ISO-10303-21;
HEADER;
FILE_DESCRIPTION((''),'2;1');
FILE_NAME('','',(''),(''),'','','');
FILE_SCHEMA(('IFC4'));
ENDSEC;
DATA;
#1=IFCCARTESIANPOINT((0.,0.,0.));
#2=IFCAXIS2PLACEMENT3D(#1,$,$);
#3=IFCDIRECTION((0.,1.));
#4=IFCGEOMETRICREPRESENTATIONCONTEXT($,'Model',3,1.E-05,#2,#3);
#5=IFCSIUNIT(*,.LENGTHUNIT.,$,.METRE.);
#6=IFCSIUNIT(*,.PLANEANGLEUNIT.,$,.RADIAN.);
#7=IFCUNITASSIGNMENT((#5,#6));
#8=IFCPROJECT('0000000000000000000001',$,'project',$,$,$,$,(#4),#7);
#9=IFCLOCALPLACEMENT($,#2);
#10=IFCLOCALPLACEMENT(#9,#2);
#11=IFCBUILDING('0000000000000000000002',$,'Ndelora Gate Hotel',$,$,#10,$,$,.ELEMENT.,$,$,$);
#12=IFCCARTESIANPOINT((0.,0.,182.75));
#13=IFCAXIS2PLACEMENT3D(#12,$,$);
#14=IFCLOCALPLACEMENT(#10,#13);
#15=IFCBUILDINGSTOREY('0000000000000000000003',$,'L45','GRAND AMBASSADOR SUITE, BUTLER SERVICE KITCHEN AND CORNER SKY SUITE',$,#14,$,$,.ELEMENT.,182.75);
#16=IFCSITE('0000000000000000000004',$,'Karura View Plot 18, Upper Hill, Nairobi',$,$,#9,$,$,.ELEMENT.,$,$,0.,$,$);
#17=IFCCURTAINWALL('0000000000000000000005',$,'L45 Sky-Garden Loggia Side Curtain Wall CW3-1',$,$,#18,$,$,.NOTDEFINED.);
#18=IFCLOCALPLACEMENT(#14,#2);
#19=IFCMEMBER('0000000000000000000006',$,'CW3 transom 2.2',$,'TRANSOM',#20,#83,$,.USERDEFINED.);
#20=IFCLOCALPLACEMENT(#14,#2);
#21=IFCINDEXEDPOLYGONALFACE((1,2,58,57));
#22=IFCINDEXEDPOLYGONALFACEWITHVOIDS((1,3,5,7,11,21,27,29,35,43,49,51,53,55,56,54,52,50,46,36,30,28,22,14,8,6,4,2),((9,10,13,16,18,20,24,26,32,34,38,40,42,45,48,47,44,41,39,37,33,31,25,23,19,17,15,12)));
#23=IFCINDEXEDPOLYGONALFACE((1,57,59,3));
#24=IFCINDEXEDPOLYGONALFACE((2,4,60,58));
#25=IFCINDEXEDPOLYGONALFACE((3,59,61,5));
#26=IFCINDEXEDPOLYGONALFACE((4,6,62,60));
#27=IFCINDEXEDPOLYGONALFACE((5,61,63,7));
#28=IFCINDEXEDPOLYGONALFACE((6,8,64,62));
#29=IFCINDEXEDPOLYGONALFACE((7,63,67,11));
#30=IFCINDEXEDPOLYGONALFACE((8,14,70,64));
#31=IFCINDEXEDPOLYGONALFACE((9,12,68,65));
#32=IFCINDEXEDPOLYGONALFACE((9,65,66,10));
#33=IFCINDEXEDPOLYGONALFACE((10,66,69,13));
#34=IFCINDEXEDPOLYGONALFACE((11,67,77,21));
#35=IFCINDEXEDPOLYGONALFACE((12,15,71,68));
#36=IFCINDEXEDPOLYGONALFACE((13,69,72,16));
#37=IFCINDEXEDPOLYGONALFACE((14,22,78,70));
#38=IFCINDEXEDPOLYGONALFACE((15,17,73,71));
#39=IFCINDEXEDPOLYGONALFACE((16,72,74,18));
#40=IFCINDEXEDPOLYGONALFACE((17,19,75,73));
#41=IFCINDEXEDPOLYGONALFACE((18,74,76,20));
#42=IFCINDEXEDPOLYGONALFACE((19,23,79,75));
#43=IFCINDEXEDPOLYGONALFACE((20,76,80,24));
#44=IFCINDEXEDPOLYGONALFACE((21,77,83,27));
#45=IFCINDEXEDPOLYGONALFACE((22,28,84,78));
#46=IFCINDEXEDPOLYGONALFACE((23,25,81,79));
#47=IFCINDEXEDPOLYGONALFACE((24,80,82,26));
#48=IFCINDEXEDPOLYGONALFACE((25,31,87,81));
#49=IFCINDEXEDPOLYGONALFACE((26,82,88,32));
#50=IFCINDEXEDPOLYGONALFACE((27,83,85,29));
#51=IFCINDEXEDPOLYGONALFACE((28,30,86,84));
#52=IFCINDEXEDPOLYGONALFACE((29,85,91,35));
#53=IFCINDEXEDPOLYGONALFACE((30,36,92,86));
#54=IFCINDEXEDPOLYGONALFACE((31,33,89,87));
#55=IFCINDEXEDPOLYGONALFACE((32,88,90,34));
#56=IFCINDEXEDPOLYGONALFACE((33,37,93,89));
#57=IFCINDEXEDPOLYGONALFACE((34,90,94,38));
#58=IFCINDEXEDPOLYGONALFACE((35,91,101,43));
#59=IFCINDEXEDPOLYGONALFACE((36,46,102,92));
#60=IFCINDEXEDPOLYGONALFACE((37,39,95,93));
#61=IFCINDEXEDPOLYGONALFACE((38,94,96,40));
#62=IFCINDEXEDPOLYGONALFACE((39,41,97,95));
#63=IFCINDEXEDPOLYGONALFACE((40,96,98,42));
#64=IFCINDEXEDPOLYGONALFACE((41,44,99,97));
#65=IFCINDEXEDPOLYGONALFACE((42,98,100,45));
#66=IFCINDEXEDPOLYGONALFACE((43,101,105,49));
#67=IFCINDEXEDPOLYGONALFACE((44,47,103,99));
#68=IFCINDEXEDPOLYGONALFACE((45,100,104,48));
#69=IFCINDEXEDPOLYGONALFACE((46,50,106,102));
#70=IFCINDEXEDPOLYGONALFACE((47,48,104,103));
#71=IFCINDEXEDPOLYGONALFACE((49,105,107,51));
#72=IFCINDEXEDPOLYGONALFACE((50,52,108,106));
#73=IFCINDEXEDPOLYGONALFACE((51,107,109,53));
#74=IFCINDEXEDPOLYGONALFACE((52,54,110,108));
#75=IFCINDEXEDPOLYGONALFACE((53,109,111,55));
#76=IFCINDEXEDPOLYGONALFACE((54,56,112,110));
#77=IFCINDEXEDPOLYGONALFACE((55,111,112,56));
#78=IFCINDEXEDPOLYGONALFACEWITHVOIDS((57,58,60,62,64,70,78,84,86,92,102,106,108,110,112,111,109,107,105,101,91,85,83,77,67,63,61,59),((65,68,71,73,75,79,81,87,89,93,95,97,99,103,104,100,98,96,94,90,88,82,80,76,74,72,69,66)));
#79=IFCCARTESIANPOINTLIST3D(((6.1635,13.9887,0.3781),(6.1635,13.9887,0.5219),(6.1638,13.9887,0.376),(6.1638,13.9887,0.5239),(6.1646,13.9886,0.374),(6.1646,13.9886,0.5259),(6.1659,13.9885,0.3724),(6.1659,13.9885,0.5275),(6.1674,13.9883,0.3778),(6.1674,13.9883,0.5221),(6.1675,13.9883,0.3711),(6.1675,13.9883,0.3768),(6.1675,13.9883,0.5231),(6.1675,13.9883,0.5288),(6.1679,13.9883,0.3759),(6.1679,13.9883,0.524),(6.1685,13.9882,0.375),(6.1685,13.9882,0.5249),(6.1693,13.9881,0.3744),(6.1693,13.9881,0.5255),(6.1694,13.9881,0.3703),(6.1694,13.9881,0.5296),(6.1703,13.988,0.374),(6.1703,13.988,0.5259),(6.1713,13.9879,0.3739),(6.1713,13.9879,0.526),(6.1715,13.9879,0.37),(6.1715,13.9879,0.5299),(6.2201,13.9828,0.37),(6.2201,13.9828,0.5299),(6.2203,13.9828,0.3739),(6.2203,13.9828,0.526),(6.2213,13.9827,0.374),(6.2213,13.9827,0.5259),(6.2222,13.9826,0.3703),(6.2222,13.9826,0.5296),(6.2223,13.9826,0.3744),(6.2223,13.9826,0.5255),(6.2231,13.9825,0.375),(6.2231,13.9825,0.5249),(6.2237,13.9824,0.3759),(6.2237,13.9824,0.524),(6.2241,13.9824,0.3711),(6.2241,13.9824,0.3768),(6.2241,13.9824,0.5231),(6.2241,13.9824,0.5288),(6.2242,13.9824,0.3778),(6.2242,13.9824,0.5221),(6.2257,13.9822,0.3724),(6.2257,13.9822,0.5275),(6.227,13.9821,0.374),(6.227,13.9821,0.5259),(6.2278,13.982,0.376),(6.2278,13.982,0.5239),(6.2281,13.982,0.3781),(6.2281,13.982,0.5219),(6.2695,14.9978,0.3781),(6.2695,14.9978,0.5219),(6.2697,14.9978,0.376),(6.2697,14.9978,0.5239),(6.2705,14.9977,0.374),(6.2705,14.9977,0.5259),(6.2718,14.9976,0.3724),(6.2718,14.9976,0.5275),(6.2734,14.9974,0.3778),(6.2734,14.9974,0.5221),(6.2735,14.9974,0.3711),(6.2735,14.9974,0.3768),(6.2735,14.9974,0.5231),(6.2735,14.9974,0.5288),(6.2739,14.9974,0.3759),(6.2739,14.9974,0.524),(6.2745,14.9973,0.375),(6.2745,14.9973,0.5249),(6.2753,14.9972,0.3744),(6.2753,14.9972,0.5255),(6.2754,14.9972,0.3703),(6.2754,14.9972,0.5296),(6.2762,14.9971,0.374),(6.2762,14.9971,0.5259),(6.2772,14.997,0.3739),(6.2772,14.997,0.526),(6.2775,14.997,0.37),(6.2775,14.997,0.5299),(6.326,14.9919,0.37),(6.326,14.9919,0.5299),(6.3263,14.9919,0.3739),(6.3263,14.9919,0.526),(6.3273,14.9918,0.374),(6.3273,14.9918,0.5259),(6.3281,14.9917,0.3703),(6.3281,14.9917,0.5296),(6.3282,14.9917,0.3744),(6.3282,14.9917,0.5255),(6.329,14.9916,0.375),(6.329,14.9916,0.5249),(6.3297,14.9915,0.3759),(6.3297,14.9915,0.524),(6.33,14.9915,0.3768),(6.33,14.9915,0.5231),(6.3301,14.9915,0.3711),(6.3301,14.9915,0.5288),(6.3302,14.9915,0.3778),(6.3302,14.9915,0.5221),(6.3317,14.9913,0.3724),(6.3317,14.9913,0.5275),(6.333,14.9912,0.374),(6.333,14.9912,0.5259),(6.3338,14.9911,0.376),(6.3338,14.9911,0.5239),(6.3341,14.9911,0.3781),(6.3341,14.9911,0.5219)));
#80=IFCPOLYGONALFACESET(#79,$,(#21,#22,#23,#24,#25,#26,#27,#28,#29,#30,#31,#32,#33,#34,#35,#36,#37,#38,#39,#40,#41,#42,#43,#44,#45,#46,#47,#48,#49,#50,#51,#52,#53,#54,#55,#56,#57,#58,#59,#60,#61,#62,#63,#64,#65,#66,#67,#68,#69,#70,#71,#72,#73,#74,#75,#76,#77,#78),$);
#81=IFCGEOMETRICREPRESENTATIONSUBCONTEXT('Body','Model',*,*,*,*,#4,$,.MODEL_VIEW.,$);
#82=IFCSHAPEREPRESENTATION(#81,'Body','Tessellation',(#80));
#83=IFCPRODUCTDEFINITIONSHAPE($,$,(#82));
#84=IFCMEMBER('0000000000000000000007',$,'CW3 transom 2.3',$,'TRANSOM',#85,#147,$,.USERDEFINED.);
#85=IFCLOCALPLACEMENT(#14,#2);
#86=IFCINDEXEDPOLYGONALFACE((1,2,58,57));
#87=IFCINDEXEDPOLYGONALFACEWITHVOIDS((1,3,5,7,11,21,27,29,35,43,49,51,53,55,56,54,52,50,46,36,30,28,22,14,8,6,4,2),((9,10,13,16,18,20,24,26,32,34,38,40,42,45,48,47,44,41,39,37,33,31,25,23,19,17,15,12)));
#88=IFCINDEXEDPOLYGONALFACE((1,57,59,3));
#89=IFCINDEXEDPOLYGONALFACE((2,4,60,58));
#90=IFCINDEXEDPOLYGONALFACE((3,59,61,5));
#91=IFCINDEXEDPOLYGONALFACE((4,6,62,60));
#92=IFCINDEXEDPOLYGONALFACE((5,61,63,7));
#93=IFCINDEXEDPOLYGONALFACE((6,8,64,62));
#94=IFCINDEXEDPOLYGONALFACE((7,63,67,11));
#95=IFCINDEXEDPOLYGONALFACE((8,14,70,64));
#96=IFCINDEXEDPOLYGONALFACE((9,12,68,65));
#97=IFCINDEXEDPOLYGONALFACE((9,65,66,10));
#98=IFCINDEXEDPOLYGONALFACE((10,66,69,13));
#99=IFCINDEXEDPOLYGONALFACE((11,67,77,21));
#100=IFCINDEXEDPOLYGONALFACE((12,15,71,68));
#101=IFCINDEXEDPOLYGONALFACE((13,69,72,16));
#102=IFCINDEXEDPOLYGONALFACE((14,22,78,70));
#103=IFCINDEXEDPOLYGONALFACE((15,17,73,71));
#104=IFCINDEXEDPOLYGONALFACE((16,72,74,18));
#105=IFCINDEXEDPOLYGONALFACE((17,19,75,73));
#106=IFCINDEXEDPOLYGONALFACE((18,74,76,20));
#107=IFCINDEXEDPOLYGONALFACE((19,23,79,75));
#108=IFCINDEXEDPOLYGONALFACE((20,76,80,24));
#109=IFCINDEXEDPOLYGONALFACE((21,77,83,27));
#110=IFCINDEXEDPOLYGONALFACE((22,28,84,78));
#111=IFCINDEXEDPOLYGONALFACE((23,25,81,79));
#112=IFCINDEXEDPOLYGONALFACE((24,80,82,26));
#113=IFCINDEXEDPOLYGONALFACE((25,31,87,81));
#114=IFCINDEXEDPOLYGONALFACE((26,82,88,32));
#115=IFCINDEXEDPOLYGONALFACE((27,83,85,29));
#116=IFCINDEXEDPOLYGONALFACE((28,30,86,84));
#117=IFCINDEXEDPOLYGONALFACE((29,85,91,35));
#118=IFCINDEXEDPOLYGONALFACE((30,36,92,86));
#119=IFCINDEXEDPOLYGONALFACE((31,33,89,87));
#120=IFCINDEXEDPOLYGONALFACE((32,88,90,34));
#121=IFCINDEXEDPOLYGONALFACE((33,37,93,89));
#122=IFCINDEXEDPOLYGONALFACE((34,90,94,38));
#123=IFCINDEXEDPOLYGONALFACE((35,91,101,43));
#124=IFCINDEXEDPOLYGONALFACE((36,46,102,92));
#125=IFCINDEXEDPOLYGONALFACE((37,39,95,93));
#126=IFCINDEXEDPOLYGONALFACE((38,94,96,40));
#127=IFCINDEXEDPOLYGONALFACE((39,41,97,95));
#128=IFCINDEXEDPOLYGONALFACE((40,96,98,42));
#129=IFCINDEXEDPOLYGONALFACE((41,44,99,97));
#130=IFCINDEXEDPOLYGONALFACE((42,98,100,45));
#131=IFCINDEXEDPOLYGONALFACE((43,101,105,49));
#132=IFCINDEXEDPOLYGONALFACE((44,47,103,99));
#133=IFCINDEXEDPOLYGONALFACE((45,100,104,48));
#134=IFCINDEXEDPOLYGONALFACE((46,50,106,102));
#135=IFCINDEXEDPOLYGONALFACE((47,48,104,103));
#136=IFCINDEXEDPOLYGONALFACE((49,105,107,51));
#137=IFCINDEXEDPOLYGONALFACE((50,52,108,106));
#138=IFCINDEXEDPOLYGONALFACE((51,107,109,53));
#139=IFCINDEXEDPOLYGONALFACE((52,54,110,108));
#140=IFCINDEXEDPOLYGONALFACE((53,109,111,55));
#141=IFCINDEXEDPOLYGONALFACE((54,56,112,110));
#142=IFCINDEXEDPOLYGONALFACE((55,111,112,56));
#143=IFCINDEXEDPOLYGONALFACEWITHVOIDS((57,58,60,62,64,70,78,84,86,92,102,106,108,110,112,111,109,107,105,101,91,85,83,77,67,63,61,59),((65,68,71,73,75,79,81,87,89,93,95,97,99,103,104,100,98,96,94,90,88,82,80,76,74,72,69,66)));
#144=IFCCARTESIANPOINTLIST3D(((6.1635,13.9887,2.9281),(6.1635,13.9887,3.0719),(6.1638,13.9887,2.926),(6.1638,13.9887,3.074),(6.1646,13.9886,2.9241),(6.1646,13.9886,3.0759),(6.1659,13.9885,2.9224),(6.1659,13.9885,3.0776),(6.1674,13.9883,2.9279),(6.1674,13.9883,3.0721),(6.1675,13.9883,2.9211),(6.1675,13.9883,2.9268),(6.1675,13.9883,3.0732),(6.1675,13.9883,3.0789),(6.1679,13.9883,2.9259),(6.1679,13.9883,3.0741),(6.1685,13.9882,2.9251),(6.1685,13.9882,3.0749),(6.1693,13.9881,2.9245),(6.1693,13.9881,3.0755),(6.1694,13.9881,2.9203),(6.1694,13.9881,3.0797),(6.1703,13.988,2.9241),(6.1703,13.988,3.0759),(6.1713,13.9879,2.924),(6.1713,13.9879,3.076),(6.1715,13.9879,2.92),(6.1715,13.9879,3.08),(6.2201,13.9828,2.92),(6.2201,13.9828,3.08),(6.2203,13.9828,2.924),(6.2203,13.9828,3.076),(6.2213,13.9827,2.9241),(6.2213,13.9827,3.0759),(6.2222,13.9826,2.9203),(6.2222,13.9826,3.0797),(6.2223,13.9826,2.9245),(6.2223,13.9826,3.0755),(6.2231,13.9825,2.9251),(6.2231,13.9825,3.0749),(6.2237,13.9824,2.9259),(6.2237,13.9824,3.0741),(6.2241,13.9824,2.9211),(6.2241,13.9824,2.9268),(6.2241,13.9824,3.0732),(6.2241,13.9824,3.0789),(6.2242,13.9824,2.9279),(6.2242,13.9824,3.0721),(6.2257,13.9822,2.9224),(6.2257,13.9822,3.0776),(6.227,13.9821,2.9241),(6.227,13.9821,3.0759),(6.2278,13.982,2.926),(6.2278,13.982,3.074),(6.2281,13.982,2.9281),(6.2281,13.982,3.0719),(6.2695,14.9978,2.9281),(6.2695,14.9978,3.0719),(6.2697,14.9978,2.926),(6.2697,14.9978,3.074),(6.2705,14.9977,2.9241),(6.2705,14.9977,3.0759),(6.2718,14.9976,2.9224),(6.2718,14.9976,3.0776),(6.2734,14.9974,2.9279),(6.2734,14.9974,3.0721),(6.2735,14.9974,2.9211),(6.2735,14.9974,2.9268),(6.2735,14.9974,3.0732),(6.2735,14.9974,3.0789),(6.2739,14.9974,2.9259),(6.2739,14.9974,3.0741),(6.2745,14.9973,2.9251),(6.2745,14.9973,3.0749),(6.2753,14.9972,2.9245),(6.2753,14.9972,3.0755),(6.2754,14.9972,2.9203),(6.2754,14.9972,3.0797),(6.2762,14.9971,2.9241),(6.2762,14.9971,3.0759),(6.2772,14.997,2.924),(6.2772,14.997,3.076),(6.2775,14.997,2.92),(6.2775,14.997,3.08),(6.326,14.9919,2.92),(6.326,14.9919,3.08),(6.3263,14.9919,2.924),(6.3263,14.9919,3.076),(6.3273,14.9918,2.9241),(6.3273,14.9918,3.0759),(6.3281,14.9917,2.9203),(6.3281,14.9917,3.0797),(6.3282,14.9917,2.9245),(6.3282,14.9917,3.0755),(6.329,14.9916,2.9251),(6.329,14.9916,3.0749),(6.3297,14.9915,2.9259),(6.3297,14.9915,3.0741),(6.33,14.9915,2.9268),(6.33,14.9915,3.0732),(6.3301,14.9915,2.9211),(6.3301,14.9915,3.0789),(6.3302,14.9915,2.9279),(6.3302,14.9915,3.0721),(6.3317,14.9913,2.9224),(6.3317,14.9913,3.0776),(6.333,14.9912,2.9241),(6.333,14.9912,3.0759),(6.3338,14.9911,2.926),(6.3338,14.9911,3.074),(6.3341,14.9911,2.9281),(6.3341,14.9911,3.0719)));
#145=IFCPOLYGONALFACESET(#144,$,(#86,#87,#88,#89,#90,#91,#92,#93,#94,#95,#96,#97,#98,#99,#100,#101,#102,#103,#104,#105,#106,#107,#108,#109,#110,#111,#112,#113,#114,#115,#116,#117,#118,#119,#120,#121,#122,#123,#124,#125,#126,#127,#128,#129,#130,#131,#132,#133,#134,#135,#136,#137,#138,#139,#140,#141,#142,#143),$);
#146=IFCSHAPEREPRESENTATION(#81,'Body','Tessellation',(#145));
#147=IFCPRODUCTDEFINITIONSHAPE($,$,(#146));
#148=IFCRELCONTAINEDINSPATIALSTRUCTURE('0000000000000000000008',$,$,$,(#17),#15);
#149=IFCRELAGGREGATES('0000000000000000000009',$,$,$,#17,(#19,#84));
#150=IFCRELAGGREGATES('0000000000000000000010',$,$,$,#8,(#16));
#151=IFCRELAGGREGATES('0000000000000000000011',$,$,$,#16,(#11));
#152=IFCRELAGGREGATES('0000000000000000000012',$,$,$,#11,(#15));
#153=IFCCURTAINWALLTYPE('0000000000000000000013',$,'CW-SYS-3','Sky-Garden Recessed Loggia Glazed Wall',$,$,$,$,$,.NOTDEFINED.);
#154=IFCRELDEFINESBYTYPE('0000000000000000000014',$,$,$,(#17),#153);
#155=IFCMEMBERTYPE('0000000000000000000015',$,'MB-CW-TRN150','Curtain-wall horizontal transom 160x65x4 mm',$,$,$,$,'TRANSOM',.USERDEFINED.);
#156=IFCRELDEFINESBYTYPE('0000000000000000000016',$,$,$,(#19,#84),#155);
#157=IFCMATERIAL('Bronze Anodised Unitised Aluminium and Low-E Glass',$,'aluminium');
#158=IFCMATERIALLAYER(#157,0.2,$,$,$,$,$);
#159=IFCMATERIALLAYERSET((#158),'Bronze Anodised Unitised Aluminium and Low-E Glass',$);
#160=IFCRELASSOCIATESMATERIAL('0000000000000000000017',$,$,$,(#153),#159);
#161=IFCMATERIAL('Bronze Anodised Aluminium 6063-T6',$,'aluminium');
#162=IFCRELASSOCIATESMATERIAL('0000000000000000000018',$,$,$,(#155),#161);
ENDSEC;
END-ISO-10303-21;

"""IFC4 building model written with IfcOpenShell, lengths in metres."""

from ifc_helpers import new_model, si_unit, direction, frame, origin, origin_2d, place, context, subcontext, project, spatial, hollow_rectangle, extrude, material, layer, layer_set, material_profile, profile_set, type_object, element, aggregate, save


model = new_model("IFC4")

# Units and contexts
model_context = context("Model", 3, precision=1e-05, world=origin(), true_north=direction((0.0, 1.0)))
body_context = subcontext(model_context, "Body", "Model", "MODEL_VIEW")
ifc_project = project(units=[si_unit("LENGTHUNIT", "METRE"), si_unit("PLANEANGLEUNIT", "RADIAN")], contexts=[model_context])

# Site, building, storey
site_placement = place(None, origin())
site = spatial("IfcSite", under=ifc_project, at=site_placement, Name="Karura View Plot 18, Upper Hill, Nairobi", CompositionType="ELEMENT", RefElevation=0.0)
building_placement = place(site_placement, origin())
building = spatial("IfcBuilding", under=site, at=building_placement, Name="Ndelora Gate Hotel", CompositionType="ELEMENT")
storey_placement = place(building_placement, frame((0.0, 0.0, 182.75)))
storey = spatial("IfcBuildingStorey", under=building, at=storey_placement, Name="L45", Description="GRAND AMBASSADOR SUITE, BUTLER SERVICE KITCHEN AND CORNER SKY SUITE", CompositionType="ELEMENT", Elevation=182.75)

# Curtain wall, members
ifc_material_1 = material(Name="Bronze Anodised Unitised Aluminium and Low-E Glass", Category="aluminium")
ifc_layer_1 = layer(ifc_material_1, 0.2)
ifc_layer_set_1 = layer_set([ifc_layer_1], Name="Bronze Anodised Unitised Aluminium and Low-E Glass")
curtain_wall_type = type_object("IfcCurtainWallType", Name="CW-SYS-3", Description="Sky-Garden Recessed Loggia Glazed Wall", PredefinedType="NOTDEFINED", material=ifc_layer_set_1)
curtain_wall_placement = place(storey_placement, origin())
curtain_wall = element("IfcCurtainWall", 1, at=curtain_wall_placement, inside=storey, type_object=curtain_wall_type, Name="L45 Sky-Garden Loggia Side Curtain Wall CW3-1", PredefinedType="NOTDEFINED")
ifc_material_2 = material(Name="Bronze Anodised Aluminium 6063-T6", Category="aluminium")
ifc_material_profile_1 = material_profile(ifc_material_2, hollow_rectangle(XDim=0.0649, YDim=0.1599, WallThickness=0.0039, InnerFilletRadius=0.0039, OuterFilletRadius=0.0081, at=origin_2d()), Name="ALU 160x65x4")
ifc_profile_set_1 = profile_set([ifc_material_profile_1], Name="Bronze Anodised Aluminium 6063-T6")
member_type_1 = type_object("IfcMemberType", Name="MB-CW-TRN150", Description="Curtain-wall horizontal transom 160x65x4 mm", ElementType="TRANSOM", PredefinedType="USERDEFINED", material=ifc_profile_set_1)
member_1_placement = place(storey_placement, frame((6.1958, 13.9854, 0.45), z_axis=(0.104434, 0.994532, 0.0), x_axis=(-0.994532, 0.104434, 0.0)))
member_1 = element("IfcMember", 2, at=member_1_placement, type_object=member_type_1, Name="CW3 transom 2.2", ObjectType="TRANSOM", PredefinedType="USERDEFINED", context=body_context, shape_type="SweptSolid", body=[
    extrude(hollow_rectangle(XDim=0.0649, YDim=0.1599, WallThickness=0.0039, InnerFilletRadius=0.0039, OuterFilletRadius=0.0081, at=origin_2d()), origin(), (0.0, 0.0, 1.0), 1.0146),
])
member_2_placement = place(storey_placement, frame((6.1958, 13.9854, 3.0), z_axis=(0.104434, 0.994532, 0.0), x_axis=(-0.994532, 0.104434, 0.0)))
member_2 = element("IfcMember", 3, at=member_2_placement, type_object=member_type_1, Name="CW3 transom 2.3", ObjectType="TRANSOM", PredefinedType="USERDEFINED", context=body_context, shape_type="SweptSolid", body=[
    extrude(hollow_rectangle(XDim=0.0649, YDim=0.1599, WallThickness=0.0039, InnerFilletRadius=0.0039, OuterFilletRadius=0.0081, at=origin_2d()), origin(), (0.0, 0.0, 1.0), 1.0146),
])
aggregate(curtain_wall, [member_1, member_2])

save(model, "model.ifc")
